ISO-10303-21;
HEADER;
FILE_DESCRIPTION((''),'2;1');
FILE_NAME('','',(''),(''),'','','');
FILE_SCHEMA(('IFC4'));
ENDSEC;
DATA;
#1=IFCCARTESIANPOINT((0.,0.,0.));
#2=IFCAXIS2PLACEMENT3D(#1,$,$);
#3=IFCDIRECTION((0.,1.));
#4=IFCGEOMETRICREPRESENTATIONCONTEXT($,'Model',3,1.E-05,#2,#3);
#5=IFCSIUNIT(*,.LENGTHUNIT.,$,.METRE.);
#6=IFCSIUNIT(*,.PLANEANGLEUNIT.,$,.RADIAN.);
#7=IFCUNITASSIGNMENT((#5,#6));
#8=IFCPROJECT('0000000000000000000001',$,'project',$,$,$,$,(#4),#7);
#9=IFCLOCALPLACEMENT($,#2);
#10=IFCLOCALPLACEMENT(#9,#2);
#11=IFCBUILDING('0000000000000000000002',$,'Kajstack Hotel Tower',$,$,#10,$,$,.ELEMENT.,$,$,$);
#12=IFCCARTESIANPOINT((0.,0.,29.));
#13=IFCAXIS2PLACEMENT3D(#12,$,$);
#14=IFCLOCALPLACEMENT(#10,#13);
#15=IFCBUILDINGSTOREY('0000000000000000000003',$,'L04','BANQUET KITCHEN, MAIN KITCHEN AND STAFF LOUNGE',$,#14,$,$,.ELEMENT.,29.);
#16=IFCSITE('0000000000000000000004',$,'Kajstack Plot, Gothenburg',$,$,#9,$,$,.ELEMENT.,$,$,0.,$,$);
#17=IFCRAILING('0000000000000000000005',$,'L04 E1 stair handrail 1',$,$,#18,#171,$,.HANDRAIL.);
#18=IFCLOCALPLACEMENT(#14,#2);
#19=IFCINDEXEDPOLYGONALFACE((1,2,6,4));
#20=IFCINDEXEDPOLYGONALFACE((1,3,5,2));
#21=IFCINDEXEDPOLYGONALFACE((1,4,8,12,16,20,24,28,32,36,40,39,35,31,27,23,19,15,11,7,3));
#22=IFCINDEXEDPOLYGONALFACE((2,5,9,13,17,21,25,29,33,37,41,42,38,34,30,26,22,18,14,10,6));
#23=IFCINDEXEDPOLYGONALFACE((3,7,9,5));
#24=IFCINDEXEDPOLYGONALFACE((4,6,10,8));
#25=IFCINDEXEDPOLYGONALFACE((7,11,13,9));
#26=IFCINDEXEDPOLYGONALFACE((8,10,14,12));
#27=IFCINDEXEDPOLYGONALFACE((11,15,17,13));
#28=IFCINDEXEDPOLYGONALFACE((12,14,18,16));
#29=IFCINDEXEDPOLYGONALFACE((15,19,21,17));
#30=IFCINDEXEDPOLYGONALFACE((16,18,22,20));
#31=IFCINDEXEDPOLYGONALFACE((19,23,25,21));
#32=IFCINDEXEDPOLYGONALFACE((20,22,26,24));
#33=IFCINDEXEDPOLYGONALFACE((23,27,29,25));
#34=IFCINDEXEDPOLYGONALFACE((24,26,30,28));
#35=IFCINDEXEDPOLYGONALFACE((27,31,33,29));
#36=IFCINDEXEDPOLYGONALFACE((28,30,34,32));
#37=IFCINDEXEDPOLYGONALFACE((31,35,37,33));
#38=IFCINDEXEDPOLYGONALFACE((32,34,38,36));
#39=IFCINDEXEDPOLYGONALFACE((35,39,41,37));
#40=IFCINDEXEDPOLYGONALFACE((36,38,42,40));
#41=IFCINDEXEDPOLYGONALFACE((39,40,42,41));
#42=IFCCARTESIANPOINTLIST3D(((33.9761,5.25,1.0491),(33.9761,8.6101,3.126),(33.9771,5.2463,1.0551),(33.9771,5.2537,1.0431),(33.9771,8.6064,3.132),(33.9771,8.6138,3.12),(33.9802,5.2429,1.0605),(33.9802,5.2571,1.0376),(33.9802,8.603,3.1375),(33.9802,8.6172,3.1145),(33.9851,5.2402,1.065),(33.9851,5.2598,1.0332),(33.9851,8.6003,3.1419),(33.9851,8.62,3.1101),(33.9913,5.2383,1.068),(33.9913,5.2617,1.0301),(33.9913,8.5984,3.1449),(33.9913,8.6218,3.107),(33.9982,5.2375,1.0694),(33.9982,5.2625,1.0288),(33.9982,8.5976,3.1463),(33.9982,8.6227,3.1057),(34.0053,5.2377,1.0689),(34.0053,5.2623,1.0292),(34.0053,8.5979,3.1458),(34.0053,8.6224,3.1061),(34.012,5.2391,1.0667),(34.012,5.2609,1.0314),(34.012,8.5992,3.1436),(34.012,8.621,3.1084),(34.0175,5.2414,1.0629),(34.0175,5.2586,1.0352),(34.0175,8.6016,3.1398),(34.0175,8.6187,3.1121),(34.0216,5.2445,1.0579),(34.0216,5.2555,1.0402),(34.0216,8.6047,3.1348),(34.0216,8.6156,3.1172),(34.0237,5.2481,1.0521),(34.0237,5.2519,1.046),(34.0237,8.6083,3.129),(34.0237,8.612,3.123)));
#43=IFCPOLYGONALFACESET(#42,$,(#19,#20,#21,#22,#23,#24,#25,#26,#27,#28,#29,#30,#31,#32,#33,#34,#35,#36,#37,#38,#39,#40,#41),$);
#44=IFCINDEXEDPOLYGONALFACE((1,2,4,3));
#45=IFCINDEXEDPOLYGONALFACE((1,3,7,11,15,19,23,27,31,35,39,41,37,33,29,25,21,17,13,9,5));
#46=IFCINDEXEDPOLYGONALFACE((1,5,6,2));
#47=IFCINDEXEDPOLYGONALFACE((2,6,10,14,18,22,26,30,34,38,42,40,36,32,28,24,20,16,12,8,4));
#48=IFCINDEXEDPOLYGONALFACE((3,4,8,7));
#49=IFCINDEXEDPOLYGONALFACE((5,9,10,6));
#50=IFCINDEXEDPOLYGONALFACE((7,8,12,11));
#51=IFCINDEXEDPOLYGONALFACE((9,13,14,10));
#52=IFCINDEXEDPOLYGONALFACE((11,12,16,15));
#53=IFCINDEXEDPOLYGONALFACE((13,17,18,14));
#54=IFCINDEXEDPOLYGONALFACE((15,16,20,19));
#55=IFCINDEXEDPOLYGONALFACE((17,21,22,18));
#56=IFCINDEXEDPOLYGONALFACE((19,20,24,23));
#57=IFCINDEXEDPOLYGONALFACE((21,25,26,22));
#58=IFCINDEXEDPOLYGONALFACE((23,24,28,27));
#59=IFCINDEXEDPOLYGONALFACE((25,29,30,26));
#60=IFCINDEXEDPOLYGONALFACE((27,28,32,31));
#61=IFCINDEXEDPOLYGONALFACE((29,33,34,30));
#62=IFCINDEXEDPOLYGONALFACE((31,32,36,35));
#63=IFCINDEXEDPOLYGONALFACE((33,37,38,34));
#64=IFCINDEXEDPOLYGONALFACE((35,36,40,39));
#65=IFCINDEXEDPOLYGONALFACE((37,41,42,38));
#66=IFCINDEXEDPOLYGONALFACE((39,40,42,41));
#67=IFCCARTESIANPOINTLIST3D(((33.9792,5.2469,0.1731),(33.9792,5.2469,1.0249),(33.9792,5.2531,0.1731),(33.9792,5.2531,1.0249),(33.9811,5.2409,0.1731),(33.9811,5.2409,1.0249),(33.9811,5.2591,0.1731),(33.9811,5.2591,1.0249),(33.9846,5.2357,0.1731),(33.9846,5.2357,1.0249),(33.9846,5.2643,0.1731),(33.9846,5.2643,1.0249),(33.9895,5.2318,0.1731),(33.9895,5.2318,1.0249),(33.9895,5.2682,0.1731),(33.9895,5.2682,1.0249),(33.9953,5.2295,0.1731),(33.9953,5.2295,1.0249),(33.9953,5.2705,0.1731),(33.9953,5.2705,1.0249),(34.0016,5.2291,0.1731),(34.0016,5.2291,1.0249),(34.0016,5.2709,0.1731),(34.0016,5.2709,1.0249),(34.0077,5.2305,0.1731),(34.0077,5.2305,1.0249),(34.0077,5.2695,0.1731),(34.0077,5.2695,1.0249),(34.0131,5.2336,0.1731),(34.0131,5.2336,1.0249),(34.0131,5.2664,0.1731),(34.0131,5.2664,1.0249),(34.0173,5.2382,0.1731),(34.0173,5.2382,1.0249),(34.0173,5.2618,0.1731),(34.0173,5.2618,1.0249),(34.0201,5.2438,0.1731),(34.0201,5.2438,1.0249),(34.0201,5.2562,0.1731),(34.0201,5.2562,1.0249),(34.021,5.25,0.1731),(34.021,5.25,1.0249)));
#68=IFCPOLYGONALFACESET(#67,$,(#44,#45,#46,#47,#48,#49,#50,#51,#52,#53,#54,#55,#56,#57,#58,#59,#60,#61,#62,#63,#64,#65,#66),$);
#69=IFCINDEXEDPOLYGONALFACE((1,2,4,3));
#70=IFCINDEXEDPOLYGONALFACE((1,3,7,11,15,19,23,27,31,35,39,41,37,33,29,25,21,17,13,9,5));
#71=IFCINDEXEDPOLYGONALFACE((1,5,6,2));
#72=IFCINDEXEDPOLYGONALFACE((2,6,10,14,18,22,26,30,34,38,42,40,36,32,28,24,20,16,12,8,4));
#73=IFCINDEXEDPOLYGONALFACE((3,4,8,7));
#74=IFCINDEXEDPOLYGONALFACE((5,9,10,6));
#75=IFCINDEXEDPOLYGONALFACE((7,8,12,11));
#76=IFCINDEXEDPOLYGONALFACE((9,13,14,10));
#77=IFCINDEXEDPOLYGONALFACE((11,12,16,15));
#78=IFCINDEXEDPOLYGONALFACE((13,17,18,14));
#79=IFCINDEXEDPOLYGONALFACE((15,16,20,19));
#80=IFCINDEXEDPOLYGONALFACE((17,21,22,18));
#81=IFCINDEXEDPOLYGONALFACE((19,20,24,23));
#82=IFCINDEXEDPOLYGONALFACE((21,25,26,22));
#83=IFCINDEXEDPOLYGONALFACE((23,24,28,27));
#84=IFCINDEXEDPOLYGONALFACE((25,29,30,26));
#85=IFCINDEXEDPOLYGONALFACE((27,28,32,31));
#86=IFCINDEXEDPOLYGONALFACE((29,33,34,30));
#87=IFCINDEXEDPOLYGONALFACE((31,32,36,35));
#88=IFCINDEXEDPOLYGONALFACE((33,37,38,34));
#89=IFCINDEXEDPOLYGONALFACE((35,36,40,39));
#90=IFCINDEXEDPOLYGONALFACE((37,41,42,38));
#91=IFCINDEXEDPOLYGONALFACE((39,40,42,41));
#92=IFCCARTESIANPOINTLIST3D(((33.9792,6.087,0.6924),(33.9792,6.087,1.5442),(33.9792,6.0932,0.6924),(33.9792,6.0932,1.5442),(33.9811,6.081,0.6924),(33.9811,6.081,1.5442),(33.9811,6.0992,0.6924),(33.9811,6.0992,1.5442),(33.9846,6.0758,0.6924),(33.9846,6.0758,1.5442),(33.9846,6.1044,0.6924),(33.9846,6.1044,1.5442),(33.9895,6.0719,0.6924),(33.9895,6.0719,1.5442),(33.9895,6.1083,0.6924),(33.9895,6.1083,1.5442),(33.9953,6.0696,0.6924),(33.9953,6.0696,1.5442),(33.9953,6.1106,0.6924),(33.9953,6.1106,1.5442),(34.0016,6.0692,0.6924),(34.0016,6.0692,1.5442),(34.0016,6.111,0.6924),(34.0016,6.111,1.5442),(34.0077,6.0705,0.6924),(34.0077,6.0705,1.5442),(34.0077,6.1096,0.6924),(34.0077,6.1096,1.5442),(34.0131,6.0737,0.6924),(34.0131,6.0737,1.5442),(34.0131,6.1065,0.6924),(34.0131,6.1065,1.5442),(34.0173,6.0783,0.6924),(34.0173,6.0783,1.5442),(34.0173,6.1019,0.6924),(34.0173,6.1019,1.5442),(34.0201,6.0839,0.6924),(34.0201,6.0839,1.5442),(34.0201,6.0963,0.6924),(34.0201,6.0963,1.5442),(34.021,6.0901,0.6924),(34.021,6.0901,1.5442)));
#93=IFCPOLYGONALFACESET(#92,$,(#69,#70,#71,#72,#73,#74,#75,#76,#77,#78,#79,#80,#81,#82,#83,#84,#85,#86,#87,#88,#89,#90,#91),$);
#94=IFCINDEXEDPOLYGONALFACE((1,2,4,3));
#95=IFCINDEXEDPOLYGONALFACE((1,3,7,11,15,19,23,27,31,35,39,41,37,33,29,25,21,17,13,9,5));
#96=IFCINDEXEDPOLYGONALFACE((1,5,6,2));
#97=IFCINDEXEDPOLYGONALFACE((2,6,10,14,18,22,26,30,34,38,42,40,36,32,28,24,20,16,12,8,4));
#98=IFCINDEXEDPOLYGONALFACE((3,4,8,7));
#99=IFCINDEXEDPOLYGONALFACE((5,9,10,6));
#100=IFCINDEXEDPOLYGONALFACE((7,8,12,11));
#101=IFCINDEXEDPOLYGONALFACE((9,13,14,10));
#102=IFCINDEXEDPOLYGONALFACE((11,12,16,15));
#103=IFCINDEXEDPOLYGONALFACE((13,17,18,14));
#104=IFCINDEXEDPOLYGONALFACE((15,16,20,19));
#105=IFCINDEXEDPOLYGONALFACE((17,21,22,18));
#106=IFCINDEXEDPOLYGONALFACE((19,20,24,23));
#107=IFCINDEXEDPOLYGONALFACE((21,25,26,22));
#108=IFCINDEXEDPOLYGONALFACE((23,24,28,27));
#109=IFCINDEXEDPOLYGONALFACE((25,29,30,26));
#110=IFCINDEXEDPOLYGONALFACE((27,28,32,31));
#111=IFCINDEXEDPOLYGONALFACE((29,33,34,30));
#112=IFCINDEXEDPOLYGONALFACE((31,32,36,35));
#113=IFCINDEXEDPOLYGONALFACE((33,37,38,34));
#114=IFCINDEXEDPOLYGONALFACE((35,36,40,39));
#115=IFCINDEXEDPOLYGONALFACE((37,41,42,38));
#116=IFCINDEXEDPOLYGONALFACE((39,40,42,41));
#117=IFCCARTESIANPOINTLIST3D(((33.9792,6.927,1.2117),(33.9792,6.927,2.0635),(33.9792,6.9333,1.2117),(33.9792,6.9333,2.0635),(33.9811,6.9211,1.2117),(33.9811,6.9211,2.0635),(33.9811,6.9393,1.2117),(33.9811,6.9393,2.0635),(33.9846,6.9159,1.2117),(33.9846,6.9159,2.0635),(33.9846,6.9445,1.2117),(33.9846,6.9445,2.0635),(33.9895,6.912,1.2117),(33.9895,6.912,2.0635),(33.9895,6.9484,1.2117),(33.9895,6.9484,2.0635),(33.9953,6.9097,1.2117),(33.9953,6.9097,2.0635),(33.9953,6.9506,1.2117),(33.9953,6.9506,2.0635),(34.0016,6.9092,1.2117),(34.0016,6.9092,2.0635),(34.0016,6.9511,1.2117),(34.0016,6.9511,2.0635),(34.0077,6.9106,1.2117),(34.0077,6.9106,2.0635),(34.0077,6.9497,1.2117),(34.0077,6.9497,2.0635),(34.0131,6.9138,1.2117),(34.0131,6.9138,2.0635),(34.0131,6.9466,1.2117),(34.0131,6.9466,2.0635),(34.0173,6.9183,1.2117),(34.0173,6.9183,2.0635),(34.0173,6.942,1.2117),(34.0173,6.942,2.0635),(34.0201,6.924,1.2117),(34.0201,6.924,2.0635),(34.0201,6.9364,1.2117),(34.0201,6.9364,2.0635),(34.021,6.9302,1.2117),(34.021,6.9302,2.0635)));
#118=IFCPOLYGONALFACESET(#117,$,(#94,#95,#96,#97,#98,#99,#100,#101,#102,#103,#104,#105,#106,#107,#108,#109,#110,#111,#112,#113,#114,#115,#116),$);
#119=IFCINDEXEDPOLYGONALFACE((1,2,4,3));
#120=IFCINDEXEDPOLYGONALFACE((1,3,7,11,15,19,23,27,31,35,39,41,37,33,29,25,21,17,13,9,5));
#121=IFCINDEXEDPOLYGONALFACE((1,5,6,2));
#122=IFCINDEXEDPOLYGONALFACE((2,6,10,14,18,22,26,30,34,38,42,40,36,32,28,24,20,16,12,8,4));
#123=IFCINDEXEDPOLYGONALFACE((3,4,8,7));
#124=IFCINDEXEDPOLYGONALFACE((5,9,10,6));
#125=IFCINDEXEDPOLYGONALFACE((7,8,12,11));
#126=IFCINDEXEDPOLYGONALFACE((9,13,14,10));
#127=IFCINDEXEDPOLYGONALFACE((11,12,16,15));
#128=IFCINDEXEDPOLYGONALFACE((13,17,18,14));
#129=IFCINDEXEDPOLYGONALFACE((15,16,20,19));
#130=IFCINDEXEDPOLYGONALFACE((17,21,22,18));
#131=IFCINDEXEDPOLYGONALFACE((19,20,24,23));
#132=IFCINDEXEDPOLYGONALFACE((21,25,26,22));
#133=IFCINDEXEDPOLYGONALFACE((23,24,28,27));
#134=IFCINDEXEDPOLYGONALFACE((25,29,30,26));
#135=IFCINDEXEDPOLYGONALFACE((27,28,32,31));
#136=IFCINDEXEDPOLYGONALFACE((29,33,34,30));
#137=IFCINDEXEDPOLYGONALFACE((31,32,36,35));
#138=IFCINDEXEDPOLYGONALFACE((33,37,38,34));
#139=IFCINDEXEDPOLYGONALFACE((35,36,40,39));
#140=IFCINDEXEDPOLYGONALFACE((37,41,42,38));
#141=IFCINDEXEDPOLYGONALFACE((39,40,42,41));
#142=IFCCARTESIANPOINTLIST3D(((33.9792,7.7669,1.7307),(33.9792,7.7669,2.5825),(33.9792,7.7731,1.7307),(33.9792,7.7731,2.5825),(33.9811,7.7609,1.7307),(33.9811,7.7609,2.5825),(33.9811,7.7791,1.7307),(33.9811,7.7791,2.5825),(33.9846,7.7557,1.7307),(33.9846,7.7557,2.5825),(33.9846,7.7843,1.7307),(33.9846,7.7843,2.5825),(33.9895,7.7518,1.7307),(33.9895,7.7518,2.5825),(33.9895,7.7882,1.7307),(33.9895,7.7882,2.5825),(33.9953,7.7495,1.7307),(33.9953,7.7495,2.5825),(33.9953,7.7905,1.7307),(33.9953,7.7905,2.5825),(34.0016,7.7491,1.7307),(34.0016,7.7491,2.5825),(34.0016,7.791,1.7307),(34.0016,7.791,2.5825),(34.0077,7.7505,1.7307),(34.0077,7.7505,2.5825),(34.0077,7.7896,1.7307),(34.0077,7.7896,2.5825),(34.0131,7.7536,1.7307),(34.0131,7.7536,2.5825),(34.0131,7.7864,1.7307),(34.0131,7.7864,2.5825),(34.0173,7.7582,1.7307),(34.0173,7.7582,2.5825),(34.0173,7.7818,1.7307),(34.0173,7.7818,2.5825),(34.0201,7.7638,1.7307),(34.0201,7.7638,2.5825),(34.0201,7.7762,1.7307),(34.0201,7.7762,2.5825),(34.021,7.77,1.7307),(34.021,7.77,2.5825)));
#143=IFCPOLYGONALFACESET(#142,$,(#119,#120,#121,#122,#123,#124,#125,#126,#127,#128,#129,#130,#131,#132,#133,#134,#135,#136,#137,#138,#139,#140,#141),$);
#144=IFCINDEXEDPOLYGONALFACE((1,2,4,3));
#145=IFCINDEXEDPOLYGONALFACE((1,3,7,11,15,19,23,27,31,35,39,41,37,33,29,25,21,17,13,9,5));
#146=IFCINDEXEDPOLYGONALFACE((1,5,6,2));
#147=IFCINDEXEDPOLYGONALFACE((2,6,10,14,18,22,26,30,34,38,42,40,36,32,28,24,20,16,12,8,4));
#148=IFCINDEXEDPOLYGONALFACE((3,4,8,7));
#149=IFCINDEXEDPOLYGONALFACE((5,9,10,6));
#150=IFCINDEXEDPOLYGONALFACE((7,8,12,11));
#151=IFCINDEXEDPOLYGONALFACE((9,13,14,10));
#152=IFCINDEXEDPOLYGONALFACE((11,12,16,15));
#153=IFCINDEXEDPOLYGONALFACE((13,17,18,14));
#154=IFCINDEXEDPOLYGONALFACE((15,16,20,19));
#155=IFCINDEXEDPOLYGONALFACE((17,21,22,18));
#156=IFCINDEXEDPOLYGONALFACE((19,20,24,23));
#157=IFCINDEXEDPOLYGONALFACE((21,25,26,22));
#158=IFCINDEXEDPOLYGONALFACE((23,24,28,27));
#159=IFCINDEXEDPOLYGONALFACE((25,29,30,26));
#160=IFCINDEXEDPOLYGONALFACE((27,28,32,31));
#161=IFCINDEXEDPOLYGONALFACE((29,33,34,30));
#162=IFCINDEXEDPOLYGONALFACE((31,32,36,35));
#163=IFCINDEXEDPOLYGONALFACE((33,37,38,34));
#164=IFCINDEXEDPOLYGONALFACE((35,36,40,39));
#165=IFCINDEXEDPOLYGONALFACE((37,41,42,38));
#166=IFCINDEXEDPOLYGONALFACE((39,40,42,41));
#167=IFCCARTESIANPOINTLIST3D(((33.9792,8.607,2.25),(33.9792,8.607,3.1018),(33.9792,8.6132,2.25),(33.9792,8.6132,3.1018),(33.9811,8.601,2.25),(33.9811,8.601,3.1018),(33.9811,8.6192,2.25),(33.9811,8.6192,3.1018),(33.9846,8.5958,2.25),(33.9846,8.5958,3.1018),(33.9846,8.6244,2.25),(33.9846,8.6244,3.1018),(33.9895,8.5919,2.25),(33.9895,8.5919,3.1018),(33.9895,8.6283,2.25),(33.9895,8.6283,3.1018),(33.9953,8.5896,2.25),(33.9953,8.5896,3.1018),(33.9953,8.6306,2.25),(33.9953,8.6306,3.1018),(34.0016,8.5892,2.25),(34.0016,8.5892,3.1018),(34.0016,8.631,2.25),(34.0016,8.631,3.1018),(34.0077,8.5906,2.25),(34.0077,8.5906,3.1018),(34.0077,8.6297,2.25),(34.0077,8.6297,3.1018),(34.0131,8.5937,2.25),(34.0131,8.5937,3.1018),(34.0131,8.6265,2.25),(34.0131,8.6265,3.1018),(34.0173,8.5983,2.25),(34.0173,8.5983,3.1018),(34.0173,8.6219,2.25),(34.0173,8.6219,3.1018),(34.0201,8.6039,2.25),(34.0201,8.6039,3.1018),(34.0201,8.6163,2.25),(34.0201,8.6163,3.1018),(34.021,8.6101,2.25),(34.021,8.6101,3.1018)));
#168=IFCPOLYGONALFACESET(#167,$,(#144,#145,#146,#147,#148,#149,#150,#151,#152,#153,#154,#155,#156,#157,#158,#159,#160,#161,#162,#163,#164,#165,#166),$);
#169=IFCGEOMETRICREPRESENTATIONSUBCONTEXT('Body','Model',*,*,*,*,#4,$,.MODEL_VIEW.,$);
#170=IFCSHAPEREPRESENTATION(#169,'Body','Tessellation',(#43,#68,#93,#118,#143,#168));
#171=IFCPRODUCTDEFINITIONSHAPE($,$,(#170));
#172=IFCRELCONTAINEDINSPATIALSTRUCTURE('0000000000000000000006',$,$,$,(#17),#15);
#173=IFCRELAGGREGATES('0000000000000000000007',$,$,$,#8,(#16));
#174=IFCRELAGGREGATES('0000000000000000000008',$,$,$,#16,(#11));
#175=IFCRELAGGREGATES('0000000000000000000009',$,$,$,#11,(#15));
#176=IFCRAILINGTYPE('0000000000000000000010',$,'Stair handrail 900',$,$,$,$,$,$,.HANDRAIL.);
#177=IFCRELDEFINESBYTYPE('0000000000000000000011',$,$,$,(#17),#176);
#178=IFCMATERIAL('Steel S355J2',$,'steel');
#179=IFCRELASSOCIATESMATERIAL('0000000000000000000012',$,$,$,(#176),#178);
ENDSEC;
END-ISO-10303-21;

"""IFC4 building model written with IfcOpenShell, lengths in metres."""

from ifc_helpers import new_model, si_unit, direction, frame, origin, origin_2d, place, context, subcontext, project, spatial, circle, extrude, material, type_object, element, save


model = new_model("IFC4")

# Units and contexts
model_context = context("Model", 3, precision=1e-05, world=origin(), true_north=direction((0.0, 1.0)))
body_context = subcontext(model_context, "Body", "Model", "MODEL_VIEW")
ifc_project = project(units=[si_unit("LENGTHUNIT", "METRE"), si_unit("PLANEANGLEUNIT", "RADIAN")], contexts=[model_context])

# Site, building, storey
site_placement = place(None, origin())
site = spatial("IfcSite", under=ifc_project, at=site_placement, Name="Kajstack Plot, Gothenburg", CompositionType="ELEMENT", RefElevation=0.0)
building_placement = place(site_placement, origin())
building = spatial("IfcBuilding", under=site, at=building_placement, Name="Kajstack Hotel Tower", CompositionType="ELEMENT")
storey_placement = place(building_placement, frame((0.0, 0.0, 29.0)))
storey = spatial("IfcBuildingStorey", under=building, at=storey_placement, Name="L04", Description="BANQUET KITCHEN, MAIN KITCHEN AND STAFF LOUNGE", CompositionType="ELEMENT", Elevation=29.0)

# Railing
ifc_material_1 = material(Name="Steel S355J2", Category="steel")
railing_type_1 = type_object("IfcRailingType", Name="Stair handrail 900", PredefinedType="HANDRAIL", material=ifc_material_1)
railing_1_placement = place(storey_placement, frame((34.0, 5.25, 0.1731)))
element("IfcRailing", 1, at=railing_1_placement, inside=storey, type_object=railing_type_1, Name="L04 E1 stair handrail 1", PredefinedType="HANDRAIL", context=body_context, shape_type="SweptSolid", body=[
    extrude(circle(Radius=0.0239, at=origin_2d()), frame((0.0, 0.0, 0.876), z_axis=(0.0, 0.850623, 0.525776), x_axis=(-1.0, 0.0, 0.0)), (0.0, 0.0, 1.0), 3.9502),
    extrude(circle(Radius=0.021, at=origin_2d()), origin(), (0.0, 0.0, 1.0), 0.8518),
    extrude(circle(Radius=0.021, at=origin_2d()), frame((0.0, 0.8401, 0.5193)), (0.0, 0.0, 1.0), 0.8518),
    extrude(circle(Radius=0.021, at=origin_2d()), frame((0.0, 1.6802, 1.0386)), (0.0, 0.0, 1.0), 0.8518),
    extrude(circle(Radius=0.021, at=origin_2d()), frame((0.0, 2.52, 1.5576)), (0.0, 0.0, 1.0), 0.8518),
    extrude(circle(Radius=0.021, at=origin_2d()), frame((0.0, 3.3601, 2.0769)), (0.0, 0.0, 1.0), 0.8518),
])

save(model, "model.ifc")
